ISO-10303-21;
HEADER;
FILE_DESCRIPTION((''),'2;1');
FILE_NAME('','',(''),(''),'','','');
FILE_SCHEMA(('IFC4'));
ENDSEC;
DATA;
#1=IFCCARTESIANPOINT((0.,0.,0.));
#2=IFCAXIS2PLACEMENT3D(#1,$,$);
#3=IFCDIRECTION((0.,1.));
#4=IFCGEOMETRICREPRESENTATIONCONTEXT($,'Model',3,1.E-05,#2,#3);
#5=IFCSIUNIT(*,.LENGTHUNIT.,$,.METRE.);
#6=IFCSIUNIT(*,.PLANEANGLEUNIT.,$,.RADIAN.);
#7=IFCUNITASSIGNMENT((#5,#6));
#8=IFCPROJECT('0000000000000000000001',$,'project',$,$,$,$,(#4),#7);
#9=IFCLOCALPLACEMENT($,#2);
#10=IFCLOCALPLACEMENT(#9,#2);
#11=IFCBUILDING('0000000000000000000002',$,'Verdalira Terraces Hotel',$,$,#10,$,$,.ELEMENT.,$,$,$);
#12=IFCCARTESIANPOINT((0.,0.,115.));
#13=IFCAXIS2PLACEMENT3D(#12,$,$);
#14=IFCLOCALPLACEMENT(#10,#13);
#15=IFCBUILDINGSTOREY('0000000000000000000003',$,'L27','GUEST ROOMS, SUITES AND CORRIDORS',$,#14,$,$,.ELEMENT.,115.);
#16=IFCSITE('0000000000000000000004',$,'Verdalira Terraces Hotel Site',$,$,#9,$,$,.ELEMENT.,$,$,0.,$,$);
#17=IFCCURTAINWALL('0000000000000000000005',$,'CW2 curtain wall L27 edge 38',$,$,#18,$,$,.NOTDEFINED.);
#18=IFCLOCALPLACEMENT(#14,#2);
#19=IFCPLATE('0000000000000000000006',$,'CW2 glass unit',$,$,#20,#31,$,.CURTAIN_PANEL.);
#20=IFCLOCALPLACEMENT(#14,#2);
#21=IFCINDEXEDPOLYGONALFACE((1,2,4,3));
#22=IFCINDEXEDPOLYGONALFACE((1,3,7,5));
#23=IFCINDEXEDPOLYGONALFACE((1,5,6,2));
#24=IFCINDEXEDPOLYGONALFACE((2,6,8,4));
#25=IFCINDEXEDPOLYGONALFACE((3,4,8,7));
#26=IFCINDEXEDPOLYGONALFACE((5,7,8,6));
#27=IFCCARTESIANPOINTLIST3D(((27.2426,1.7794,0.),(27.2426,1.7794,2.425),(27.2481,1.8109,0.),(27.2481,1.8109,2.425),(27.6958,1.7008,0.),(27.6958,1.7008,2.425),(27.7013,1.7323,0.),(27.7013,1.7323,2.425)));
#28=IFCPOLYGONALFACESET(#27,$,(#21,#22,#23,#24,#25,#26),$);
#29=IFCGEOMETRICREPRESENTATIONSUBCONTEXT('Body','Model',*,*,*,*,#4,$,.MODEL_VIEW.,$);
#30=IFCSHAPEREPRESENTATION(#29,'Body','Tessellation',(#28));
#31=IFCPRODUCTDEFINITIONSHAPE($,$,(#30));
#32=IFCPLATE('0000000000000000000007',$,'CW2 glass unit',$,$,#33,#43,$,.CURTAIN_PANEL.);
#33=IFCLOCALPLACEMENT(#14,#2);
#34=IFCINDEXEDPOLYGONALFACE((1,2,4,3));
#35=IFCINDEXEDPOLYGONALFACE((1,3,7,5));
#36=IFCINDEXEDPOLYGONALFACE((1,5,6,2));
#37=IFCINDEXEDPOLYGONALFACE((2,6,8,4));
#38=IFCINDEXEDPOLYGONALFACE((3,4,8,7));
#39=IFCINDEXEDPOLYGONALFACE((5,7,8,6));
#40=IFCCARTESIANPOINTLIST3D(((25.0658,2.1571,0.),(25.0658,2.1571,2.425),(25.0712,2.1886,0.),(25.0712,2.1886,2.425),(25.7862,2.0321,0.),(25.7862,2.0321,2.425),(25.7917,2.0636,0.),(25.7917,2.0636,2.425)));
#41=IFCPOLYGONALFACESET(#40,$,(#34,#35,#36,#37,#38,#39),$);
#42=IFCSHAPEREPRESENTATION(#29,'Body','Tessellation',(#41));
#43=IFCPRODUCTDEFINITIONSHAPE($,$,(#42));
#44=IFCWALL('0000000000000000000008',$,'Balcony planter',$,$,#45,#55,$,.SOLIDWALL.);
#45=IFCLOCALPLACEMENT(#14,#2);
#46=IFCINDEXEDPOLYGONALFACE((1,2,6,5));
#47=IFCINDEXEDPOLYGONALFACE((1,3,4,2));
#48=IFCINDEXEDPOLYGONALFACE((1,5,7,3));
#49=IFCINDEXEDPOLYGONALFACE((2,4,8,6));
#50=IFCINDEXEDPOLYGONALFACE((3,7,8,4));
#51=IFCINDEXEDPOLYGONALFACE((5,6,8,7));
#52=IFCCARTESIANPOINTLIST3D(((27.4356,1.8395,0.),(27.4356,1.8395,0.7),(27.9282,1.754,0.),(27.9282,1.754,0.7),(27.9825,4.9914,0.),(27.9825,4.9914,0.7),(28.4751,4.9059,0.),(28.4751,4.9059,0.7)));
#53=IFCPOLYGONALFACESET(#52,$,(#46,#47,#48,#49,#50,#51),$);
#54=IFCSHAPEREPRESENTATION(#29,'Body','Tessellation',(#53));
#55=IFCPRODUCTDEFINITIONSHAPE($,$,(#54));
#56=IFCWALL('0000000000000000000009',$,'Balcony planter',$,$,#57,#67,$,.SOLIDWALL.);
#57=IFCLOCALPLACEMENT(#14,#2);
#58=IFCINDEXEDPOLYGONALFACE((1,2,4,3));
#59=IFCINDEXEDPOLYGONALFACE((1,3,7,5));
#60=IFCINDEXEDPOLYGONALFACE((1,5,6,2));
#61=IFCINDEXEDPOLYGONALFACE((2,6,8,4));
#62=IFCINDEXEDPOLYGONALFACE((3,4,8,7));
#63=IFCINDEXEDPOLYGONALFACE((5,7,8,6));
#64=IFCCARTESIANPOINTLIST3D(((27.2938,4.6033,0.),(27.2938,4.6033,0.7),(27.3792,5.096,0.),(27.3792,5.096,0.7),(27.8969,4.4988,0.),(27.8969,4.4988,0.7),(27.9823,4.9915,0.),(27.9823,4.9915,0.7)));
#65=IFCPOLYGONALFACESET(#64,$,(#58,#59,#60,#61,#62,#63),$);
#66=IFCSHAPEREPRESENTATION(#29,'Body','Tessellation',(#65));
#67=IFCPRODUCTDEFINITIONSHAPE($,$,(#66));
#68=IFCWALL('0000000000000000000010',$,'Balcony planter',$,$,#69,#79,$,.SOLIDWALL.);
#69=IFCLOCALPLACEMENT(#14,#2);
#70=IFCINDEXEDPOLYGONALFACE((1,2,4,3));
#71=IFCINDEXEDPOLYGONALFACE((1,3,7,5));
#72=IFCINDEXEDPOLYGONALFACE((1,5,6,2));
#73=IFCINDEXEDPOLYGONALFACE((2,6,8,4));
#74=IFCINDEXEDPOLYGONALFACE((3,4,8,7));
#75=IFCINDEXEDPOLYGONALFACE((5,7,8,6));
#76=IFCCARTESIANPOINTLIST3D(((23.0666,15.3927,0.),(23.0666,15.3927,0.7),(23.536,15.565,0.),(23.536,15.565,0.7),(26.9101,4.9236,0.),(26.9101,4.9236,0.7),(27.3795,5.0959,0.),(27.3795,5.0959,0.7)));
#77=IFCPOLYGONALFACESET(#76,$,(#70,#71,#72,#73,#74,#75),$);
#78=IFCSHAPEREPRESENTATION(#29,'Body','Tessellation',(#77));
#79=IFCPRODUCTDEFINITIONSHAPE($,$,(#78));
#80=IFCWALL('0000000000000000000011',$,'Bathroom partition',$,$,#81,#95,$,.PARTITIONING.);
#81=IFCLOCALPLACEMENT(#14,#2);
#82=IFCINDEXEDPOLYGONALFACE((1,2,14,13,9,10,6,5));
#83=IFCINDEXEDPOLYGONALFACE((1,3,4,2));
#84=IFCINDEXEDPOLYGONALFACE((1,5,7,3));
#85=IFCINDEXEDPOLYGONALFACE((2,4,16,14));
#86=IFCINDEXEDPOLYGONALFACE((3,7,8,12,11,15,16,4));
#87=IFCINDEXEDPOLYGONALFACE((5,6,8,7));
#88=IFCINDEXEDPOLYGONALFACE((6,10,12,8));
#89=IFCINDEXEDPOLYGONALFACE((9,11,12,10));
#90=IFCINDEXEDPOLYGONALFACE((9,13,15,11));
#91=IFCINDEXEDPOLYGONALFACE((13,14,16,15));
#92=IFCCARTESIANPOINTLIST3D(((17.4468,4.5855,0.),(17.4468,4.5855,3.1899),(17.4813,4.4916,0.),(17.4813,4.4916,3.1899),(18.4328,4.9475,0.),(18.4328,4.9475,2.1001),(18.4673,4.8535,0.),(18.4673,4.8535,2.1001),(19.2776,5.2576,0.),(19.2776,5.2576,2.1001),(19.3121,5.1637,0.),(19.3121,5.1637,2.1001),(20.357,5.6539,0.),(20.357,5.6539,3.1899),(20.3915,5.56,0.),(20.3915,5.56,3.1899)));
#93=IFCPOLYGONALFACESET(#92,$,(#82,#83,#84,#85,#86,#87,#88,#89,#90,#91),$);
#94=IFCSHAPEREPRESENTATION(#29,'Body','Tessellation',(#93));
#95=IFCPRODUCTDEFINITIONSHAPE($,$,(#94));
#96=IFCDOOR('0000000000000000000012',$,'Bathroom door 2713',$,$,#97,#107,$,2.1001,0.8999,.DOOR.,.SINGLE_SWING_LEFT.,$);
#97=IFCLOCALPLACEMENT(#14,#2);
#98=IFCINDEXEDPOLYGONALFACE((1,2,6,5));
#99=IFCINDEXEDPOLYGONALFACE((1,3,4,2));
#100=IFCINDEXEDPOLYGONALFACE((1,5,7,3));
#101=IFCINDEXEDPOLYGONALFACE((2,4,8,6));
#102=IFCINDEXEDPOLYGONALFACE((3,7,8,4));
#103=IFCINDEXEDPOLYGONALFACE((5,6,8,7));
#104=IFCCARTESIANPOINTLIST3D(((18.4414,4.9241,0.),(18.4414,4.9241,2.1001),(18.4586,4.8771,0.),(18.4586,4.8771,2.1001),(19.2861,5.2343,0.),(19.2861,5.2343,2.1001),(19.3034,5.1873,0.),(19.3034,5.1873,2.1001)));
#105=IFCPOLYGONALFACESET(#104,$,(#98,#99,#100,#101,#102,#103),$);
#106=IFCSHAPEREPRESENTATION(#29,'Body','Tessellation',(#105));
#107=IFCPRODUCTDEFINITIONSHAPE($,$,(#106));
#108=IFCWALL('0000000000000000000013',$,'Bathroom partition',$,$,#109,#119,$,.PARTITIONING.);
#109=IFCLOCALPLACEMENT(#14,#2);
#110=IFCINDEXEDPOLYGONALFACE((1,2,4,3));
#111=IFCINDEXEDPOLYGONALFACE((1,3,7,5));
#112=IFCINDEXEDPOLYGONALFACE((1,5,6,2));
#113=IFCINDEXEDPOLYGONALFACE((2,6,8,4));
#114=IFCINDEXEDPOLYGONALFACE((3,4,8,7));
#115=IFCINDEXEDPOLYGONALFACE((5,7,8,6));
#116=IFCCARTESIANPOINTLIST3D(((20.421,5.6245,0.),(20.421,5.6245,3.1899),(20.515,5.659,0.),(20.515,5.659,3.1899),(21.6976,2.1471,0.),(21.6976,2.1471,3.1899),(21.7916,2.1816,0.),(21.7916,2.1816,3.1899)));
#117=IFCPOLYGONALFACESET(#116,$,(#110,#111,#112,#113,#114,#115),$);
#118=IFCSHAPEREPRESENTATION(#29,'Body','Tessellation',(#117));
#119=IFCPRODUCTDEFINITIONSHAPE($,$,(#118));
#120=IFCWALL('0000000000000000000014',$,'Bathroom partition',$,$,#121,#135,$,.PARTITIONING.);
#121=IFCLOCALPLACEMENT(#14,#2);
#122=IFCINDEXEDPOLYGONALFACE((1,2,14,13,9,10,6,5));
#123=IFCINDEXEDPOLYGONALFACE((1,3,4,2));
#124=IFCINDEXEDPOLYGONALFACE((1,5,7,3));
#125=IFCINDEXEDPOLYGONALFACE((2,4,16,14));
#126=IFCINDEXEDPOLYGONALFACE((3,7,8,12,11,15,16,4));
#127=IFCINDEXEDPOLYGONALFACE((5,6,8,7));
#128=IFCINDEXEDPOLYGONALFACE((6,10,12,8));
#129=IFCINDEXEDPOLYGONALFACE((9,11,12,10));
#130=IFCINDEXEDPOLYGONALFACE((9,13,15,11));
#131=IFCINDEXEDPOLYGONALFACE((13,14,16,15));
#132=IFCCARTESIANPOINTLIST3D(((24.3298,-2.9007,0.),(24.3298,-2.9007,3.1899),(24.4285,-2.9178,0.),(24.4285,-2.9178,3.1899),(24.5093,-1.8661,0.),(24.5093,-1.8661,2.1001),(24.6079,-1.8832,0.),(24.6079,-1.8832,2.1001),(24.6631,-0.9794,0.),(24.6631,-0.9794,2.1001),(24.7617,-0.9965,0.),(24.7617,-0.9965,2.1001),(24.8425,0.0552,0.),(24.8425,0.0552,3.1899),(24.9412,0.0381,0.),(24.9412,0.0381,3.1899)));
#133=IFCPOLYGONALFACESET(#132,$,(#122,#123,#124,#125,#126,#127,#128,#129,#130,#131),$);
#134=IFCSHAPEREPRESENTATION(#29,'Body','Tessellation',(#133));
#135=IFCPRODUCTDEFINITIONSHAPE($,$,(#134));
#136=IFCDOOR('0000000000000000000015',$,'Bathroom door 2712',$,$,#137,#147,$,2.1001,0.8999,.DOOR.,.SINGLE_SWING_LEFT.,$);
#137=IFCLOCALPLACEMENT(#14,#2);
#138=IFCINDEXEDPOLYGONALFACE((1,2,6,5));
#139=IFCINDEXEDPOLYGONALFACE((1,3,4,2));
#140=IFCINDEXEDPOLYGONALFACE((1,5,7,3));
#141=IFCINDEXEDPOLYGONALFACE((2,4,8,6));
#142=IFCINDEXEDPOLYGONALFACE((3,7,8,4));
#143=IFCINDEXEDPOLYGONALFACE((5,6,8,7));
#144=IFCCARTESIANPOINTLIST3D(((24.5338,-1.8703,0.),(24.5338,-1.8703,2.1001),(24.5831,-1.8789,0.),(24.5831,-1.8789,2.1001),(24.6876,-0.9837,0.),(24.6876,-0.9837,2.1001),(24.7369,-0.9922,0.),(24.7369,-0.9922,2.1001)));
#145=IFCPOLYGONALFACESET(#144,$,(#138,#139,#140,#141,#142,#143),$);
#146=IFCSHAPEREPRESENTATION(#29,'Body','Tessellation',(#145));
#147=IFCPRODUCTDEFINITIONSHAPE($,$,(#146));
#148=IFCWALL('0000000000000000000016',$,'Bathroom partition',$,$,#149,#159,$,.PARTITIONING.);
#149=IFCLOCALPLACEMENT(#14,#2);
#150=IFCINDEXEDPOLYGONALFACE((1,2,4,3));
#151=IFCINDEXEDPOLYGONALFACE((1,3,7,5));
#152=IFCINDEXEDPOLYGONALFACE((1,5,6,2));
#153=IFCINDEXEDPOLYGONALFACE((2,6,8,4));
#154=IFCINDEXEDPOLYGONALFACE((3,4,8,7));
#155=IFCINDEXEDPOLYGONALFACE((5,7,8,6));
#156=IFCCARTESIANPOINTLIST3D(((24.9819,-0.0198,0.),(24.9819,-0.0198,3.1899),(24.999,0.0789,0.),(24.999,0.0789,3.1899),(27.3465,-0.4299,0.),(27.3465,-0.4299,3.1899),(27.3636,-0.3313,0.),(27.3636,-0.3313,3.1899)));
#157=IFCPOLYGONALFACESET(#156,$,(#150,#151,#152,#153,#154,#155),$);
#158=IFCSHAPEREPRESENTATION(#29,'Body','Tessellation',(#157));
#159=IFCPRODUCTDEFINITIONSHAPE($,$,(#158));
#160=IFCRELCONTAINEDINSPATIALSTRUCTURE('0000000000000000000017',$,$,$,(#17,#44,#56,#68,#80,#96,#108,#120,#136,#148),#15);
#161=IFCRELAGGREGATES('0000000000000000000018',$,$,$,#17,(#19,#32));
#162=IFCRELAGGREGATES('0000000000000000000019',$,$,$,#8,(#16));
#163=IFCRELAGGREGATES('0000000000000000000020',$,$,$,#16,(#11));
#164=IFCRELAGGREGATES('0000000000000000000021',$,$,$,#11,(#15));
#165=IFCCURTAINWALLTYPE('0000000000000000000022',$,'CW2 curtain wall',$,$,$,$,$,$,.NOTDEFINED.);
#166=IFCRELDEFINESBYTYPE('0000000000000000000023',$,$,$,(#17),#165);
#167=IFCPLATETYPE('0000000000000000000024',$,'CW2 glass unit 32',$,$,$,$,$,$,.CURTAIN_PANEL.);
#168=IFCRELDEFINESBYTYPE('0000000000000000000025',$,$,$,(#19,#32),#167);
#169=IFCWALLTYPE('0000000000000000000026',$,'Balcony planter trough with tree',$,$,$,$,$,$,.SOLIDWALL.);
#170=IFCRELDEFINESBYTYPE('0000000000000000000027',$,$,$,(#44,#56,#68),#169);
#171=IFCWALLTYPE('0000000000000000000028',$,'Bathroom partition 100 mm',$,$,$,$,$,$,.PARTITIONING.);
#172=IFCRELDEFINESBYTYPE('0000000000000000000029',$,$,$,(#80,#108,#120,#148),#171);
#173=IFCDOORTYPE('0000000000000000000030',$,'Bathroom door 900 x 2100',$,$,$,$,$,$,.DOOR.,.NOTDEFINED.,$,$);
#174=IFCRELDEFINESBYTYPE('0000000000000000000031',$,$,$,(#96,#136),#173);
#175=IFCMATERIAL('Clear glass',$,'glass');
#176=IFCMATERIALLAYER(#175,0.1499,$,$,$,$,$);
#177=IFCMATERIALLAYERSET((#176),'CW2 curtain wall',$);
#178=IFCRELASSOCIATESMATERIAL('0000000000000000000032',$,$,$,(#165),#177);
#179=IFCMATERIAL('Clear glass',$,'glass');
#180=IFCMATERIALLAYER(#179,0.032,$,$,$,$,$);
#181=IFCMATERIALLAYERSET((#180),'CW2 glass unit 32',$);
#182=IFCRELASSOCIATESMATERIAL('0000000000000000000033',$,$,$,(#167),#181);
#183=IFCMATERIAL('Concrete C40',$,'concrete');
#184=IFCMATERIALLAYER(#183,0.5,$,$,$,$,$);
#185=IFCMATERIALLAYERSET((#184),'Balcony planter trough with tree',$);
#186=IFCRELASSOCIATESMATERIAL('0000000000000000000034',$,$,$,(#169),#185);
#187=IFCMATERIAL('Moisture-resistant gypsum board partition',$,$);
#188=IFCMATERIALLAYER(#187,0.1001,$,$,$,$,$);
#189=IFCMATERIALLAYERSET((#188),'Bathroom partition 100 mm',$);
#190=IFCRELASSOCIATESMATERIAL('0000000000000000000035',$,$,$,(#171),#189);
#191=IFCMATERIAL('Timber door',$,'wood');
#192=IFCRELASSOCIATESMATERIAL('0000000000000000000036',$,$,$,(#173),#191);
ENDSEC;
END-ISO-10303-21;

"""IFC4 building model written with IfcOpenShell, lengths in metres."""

from ifc_helpers import new_model, si_unit, direction, frame, frame_2d, origin, origin_2d, place, context, subcontext, project, spatial, rectangle, extrude, material, layer, layer_set, type_object, element, fill, aggregate, save


model = new_model("IFC4")

# Units and contexts
model_context = context("Model", 3, precision=1e-05, world=origin(), true_north=direction((0.0, 1.0)))
body_context = subcontext(model_context, "Body", "Model", "MODEL_VIEW")
ifc_project = project(units=[si_unit("LENGTHUNIT", "METRE"), si_unit("PLANEANGLEUNIT", "RADIAN")], contexts=[model_context])

# Site, building, storey
site_placement = place(None, origin())
site = spatial("IfcSite", under=ifc_project, at=site_placement, Name="Verdalira Terraces Hotel Site", CompositionType="ELEMENT", RefElevation=0.0)
building_placement = place(site_placement, origin())
building = spatial("IfcBuilding", under=site, at=building_placement, Name="Verdalira Terraces Hotel", CompositionType="ELEMENT")
storey_placement = place(building_placement, frame((0.0, 0.0, 115.0)))
storey = spatial("IfcBuildingStorey", under=building, at=storey_placement, Name="L27", Description="GUEST ROOMS, SUITES AND CORRIDORS", CompositionType="ELEMENT", Elevation=115.0)

# Curtain wall
ifc_material_1 = material(Name="Clear glass", Category="glass")
ifc_layer_1 = layer(ifc_material_1, 0.1499)
ifc_layer_set_1 = layer_set([ifc_layer_1], Name="CW2 curtain wall")
curtain_wall_type_1 = type_object("IfcCurtainWallType", Name="CW2 curtain wall", PredefinedType="NOTDEFINED", material=ifc_layer_set_1)
curtain_wall_1_placement = place(storey_placement, origin())
curtain_wall_1 = element("IfcCurtainWall", 1, at=curtain_wall_1_placement, inside=storey, type_object=curtain_wall_type_1, Name="CW2 curtain wall L27 edge 38", PredefinedType="NOTDEFINED")

# Plates
ifc_material_2 = material(Name="Clear glass", Category="glass")
ifc_layer_2 = layer(ifc_material_2, 0.032)
ifc_layer_set_2 = layer_set([ifc_layer_2], Name="CW2 glass unit 32")
plate_type_1 = type_object("IfcPlateType", Name="CW2 glass unit 32", PredefinedType="CURTAIN_PANEL", material=ifc_layer_set_2)
plate_1_placement = place(storey_placement, frame((27.4719, 1.7559, 0.0), z_axis=(0.0, 0.0, 1.0), x_axis=(-0.985289, 0.170897, 0.0)))
plate_1 = element("IfcPlate", 2, at=plate_1_placement, type_object=plate_type_1, Name="CW2 glass unit", PredefinedType="CURTAIN_PANEL", context=body_context, shape_type="SweptSolid", body=[
    extrude(rectangle(XDim=0.46, YDim=0.032, at=origin_2d()), origin(), (0.0, 0.0, 1.0), 2.425),
])
plate_2_placement = place(storey_placement, frame((25.4287, 2.1104, 0.0), z_axis=(0.0, 0.0, 1.0), x_axis=(-0.985289, 0.170897, 0.0)))
plate_2 = element("IfcPlate", 3, at=plate_2_placement, type_object=plate_type_1, Name="CW2 glass unit", PredefinedType="CURTAIN_PANEL", context=body_context, shape_type="SweptSolid", body=[
    extrude(rectangle(XDim=0.7312, YDim=0.032, at=origin_2d()), origin(), (0.0, 0.0, 1.0), 2.425),
])
aggregate(curtain_wall_1, [plate_1, plate_2])

# Walls
ifc_material_3 = material(Name="Concrete C40", Category="concrete")
ifc_layer_3 = layer(ifc_material_3, 0.5)
ifc_layer_set_3 = layer_set([ifc_layer_3], Name="Balcony planter trough with tree")
wall_type_1 = type_object("IfcWallType", Name="Balcony planter trough with tree", PredefinedType="SOLIDWALL", material=ifc_layer_set_3)
wall_1_placement = place(storey_placement, frame((27.6819, 1.7966, 0.0), z_axis=(0.0, 0.0, 1.0), x_axis=(0.170955, 0.985279, 0.0)))
element("IfcWall", 4, at=wall_1_placement, inside=storey, type_object=wall_type_1, Name="Balcony planter", PredefinedType="SOLIDWALL", context=body_context, shape_type="SweptSolid", body=[
    extrude(rectangle(XDim=3.199, YDim=0.5, at=frame_2d((1.5996, 0.0))), origin(), (0.0, 0.0, 1.0), 0.7),
])
wall_2_placement = place(storey_placement, frame((27.9397, 4.7451, 0.0), z_axis=(0.0, 0.0, 1.0), x_axis=(-0.985317, 0.170735, 0.0)))
element("IfcWall", 5, at=wall_2_placement, inside=storey, type_object=wall_type_1, Name="Balcony planter", PredefinedType="SOLIDWALL", context=body_context, shape_type="SweptSolid", body=[
    extrude(rectangle(XDim=0.6121, YDim=0.5, at=frame_2d((0.3062, 0.0))), origin(), (0.0, 0.0, 1.0), 0.7),
])
wall_3_placement = place(storey_placement, frame((27.1448, 5.0098, 0.0), z_axis=(0.0, 0.0, 1.0), x_axis=(-0.344633, 0.938738, 0.0)))
element("IfcWall", 6, at=wall_3_placement, inside=storey, type_object=wall_type_1, Name="Balcony planter", PredefinedType="SOLIDWALL", context=body_context, shape_type="SweptSolid", body=[
    extrude(rectangle(XDim=11.1523, YDim=0.5, at=frame_2d((5.5762, 0.0))), origin(), (0.0, 0.0, 1.0), 0.7),
])

# Wall, opening, door
ifc_material_4 = material(Name="Moisture-resistant gypsum board partition")
ifc_layer_4 = layer(ifc_material_4, 0.1001)
ifc_layer_set_4 = layer_set([ifc_layer_4], Name="Bathroom partition 100 mm")
wall_type_2 = type_object("IfcWallType", Name="Bathroom partition 100 mm", PredefinedType="PARTITIONING", material=ifc_layer_set_4)
wall_4_placement = place(storey_placement, frame((20.3743, 5.6069, 0.0), z_axis=(0.0, 0.0, 1.0), x_axis=(-0.93874, -0.344625, 0.0)))
wall_4 = element("IfcWall", 7, at=wall_4_placement, inside=storey, type_object=wall_type_2, Name="Bathroom partition", PredefinedType="PARTITIONING", context=body_context, shape_type="SweptSolid", body=[
    extrude(rectangle(XDim=3.1001, YDim=0.1001, at=frame_2d((1.55, 0.0))), origin(), (0.0, 0.0, 1.0), 3.1899),
])
opening_1_placement = place(wall_4_placement, frame((1.1499, 0.0, 0.0)))
opening_1 = element("IfcOpeningElement", 8, at=opening_1_placement, cuts=wall_4, PredefinedType="OPENING", context=body_context, shape_type="SweptSolid", body=[
    extrude(rectangle(XDim=0.8999, YDim=2.1001, at=frame_2d((0.45, 1.05))), frame((0.0, 0.0601, 0.0), z_axis=(0.0, -1.0, 0.0), x_axis=(1.0, 0.0, 0.0)), (0.0, 0.0, 1.0), 0.1201),
])
ifc_material_5 = material(Name="Timber door", Category="wood")
door_type_1 = type_object("IfcDoorType", Name="Bathroom door 900 x 2100", OperationType="NOTDEFINED", PredefinedType="DOOR", material=ifc_material_5)
door_1_placement = place(opening_1_placement, origin())
door_1 = element("IfcDoor", 9, at=door_1_placement, inside=storey, type_object=door_type_1, Name="Bathroom door 2713", OperationType="SINGLE_SWING_LEFT", OverallHeight=2.1001, OverallWidth=0.8999, PredefinedType="DOOR", context=body_context, shape_type="SweptSolid", body=[
    extrude(rectangle(XDim=0.8999, YDim=2.1001, at=frame_2d((0.45, 1.05))), frame((0.0, 0.0249, 0.0), z_axis=(0.0, -1.0, 0.0), x_axis=(1.0, 0.0, 0.0)), (0.0, 0.0, 1.0), 0.05),
])
fill(opening_1, door_1)

# Wall
wall_5_placement = place(storey_placement, frame((20.468, 5.6416, 0.0), z_axis=(0.0, 0.0, 1.0), x_axis=(0.344636, -0.938736, 0.0)))
element("IfcWall", 10, at=wall_5_placement, inside=storey, type_object=wall_type_2, Name="Bathroom partition", PredefinedType="PARTITIONING", context=body_context, shape_type="SweptSolid", body=[
    extrude(rectangle(XDim=3.7043, YDim=0.1001, at=frame_2d((1.8521, 0.0))), origin(), (0.0, 0.0, 1.0), 3.1899),
])

# Wall, opening, door
wall_6_placement = place(storey_placement, frame((24.8918, 0.0466, 0.0), z_axis=(0.0, 0.0, 1.0), x_axis=(-0.170902, -0.985288, 0.0)))
wall_6 = element("IfcWall", 11, at=wall_6_placement, inside=storey, type_object=wall_type_2, Name="Bathroom partition", PredefinedType="PARTITIONING", context=body_context, shape_type="SweptSolid", body=[
    extrude(rectangle(XDim=3.0, YDim=0.1001, at=frame_2d((1.5, 0.0))), origin(), (0.0, 0.0, 1.0), 3.1899),
])
opening_2_placement = place(wall_6_placement, frame((1.05, 0.0, 0.0)))
opening_2 = element("IfcOpeningElement", 12, at=opening_2_placement, cuts=wall_6, PredefinedType="OPENING", context=body_context, shape_type="SweptSolid", body=[
    extrude(rectangle(XDim=0.8999, YDim=2.1001, at=frame_2d((0.45, 1.05))), frame((0.0, 0.0601, 0.0), z_axis=(0.0, -1.0, 0.0), x_axis=(1.0, 0.0, 0.0)), (0.0, 0.0, 1.0), 0.1201),
])
door_2_placement = place(opening_2_placement, origin())
door_2 = element("IfcDoor", 13, at=door_2_placement, inside=storey, type_object=door_type_1, Name="Bathroom door 2712", OperationType="SINGLE_SWING_LEFT", OverallHeight=2.1001, OverallWidth=0.8999, PredefinedType="DOOR", context=body_context, shape_type="SweptSolid", body=[
    extrude(rectangle(XDim=0.8999, YDim=2.1001, at=frame_2d((0.45, 1.05))), frame((0.0, 0.0249, 0.0), z_axis=(0.0, -1.0, 0.0), x_axis=(1.0, 0.0, 0.0)), (0.0, 0.0, 1.0), 0.05),
])
fill(opening_2, door_2)

# Wall
wall_7_placement = place(storey_placement, frame((24.9905, 0.0295, 0.0), z_axis=(0.0, 0.0, 1.0), x_axis=(0.985286, -0.170912, 0.0)))
element("IfcWall", 14, at=wall_7_placement, inside=storey, type_object=wall_type_2, Name="Bathroom partition", PredefinedType="PARTITIONING", context=body_context, shape_type="SweptSolid", body=[
    extrude(rectangle(XDim=2.3999, YDim=0.1001, at=frame_2d((1.2, 0.0))), origin(), (0.0, 0.0, 1.0), 3.1899),
])

save(model, "model.ifc")
